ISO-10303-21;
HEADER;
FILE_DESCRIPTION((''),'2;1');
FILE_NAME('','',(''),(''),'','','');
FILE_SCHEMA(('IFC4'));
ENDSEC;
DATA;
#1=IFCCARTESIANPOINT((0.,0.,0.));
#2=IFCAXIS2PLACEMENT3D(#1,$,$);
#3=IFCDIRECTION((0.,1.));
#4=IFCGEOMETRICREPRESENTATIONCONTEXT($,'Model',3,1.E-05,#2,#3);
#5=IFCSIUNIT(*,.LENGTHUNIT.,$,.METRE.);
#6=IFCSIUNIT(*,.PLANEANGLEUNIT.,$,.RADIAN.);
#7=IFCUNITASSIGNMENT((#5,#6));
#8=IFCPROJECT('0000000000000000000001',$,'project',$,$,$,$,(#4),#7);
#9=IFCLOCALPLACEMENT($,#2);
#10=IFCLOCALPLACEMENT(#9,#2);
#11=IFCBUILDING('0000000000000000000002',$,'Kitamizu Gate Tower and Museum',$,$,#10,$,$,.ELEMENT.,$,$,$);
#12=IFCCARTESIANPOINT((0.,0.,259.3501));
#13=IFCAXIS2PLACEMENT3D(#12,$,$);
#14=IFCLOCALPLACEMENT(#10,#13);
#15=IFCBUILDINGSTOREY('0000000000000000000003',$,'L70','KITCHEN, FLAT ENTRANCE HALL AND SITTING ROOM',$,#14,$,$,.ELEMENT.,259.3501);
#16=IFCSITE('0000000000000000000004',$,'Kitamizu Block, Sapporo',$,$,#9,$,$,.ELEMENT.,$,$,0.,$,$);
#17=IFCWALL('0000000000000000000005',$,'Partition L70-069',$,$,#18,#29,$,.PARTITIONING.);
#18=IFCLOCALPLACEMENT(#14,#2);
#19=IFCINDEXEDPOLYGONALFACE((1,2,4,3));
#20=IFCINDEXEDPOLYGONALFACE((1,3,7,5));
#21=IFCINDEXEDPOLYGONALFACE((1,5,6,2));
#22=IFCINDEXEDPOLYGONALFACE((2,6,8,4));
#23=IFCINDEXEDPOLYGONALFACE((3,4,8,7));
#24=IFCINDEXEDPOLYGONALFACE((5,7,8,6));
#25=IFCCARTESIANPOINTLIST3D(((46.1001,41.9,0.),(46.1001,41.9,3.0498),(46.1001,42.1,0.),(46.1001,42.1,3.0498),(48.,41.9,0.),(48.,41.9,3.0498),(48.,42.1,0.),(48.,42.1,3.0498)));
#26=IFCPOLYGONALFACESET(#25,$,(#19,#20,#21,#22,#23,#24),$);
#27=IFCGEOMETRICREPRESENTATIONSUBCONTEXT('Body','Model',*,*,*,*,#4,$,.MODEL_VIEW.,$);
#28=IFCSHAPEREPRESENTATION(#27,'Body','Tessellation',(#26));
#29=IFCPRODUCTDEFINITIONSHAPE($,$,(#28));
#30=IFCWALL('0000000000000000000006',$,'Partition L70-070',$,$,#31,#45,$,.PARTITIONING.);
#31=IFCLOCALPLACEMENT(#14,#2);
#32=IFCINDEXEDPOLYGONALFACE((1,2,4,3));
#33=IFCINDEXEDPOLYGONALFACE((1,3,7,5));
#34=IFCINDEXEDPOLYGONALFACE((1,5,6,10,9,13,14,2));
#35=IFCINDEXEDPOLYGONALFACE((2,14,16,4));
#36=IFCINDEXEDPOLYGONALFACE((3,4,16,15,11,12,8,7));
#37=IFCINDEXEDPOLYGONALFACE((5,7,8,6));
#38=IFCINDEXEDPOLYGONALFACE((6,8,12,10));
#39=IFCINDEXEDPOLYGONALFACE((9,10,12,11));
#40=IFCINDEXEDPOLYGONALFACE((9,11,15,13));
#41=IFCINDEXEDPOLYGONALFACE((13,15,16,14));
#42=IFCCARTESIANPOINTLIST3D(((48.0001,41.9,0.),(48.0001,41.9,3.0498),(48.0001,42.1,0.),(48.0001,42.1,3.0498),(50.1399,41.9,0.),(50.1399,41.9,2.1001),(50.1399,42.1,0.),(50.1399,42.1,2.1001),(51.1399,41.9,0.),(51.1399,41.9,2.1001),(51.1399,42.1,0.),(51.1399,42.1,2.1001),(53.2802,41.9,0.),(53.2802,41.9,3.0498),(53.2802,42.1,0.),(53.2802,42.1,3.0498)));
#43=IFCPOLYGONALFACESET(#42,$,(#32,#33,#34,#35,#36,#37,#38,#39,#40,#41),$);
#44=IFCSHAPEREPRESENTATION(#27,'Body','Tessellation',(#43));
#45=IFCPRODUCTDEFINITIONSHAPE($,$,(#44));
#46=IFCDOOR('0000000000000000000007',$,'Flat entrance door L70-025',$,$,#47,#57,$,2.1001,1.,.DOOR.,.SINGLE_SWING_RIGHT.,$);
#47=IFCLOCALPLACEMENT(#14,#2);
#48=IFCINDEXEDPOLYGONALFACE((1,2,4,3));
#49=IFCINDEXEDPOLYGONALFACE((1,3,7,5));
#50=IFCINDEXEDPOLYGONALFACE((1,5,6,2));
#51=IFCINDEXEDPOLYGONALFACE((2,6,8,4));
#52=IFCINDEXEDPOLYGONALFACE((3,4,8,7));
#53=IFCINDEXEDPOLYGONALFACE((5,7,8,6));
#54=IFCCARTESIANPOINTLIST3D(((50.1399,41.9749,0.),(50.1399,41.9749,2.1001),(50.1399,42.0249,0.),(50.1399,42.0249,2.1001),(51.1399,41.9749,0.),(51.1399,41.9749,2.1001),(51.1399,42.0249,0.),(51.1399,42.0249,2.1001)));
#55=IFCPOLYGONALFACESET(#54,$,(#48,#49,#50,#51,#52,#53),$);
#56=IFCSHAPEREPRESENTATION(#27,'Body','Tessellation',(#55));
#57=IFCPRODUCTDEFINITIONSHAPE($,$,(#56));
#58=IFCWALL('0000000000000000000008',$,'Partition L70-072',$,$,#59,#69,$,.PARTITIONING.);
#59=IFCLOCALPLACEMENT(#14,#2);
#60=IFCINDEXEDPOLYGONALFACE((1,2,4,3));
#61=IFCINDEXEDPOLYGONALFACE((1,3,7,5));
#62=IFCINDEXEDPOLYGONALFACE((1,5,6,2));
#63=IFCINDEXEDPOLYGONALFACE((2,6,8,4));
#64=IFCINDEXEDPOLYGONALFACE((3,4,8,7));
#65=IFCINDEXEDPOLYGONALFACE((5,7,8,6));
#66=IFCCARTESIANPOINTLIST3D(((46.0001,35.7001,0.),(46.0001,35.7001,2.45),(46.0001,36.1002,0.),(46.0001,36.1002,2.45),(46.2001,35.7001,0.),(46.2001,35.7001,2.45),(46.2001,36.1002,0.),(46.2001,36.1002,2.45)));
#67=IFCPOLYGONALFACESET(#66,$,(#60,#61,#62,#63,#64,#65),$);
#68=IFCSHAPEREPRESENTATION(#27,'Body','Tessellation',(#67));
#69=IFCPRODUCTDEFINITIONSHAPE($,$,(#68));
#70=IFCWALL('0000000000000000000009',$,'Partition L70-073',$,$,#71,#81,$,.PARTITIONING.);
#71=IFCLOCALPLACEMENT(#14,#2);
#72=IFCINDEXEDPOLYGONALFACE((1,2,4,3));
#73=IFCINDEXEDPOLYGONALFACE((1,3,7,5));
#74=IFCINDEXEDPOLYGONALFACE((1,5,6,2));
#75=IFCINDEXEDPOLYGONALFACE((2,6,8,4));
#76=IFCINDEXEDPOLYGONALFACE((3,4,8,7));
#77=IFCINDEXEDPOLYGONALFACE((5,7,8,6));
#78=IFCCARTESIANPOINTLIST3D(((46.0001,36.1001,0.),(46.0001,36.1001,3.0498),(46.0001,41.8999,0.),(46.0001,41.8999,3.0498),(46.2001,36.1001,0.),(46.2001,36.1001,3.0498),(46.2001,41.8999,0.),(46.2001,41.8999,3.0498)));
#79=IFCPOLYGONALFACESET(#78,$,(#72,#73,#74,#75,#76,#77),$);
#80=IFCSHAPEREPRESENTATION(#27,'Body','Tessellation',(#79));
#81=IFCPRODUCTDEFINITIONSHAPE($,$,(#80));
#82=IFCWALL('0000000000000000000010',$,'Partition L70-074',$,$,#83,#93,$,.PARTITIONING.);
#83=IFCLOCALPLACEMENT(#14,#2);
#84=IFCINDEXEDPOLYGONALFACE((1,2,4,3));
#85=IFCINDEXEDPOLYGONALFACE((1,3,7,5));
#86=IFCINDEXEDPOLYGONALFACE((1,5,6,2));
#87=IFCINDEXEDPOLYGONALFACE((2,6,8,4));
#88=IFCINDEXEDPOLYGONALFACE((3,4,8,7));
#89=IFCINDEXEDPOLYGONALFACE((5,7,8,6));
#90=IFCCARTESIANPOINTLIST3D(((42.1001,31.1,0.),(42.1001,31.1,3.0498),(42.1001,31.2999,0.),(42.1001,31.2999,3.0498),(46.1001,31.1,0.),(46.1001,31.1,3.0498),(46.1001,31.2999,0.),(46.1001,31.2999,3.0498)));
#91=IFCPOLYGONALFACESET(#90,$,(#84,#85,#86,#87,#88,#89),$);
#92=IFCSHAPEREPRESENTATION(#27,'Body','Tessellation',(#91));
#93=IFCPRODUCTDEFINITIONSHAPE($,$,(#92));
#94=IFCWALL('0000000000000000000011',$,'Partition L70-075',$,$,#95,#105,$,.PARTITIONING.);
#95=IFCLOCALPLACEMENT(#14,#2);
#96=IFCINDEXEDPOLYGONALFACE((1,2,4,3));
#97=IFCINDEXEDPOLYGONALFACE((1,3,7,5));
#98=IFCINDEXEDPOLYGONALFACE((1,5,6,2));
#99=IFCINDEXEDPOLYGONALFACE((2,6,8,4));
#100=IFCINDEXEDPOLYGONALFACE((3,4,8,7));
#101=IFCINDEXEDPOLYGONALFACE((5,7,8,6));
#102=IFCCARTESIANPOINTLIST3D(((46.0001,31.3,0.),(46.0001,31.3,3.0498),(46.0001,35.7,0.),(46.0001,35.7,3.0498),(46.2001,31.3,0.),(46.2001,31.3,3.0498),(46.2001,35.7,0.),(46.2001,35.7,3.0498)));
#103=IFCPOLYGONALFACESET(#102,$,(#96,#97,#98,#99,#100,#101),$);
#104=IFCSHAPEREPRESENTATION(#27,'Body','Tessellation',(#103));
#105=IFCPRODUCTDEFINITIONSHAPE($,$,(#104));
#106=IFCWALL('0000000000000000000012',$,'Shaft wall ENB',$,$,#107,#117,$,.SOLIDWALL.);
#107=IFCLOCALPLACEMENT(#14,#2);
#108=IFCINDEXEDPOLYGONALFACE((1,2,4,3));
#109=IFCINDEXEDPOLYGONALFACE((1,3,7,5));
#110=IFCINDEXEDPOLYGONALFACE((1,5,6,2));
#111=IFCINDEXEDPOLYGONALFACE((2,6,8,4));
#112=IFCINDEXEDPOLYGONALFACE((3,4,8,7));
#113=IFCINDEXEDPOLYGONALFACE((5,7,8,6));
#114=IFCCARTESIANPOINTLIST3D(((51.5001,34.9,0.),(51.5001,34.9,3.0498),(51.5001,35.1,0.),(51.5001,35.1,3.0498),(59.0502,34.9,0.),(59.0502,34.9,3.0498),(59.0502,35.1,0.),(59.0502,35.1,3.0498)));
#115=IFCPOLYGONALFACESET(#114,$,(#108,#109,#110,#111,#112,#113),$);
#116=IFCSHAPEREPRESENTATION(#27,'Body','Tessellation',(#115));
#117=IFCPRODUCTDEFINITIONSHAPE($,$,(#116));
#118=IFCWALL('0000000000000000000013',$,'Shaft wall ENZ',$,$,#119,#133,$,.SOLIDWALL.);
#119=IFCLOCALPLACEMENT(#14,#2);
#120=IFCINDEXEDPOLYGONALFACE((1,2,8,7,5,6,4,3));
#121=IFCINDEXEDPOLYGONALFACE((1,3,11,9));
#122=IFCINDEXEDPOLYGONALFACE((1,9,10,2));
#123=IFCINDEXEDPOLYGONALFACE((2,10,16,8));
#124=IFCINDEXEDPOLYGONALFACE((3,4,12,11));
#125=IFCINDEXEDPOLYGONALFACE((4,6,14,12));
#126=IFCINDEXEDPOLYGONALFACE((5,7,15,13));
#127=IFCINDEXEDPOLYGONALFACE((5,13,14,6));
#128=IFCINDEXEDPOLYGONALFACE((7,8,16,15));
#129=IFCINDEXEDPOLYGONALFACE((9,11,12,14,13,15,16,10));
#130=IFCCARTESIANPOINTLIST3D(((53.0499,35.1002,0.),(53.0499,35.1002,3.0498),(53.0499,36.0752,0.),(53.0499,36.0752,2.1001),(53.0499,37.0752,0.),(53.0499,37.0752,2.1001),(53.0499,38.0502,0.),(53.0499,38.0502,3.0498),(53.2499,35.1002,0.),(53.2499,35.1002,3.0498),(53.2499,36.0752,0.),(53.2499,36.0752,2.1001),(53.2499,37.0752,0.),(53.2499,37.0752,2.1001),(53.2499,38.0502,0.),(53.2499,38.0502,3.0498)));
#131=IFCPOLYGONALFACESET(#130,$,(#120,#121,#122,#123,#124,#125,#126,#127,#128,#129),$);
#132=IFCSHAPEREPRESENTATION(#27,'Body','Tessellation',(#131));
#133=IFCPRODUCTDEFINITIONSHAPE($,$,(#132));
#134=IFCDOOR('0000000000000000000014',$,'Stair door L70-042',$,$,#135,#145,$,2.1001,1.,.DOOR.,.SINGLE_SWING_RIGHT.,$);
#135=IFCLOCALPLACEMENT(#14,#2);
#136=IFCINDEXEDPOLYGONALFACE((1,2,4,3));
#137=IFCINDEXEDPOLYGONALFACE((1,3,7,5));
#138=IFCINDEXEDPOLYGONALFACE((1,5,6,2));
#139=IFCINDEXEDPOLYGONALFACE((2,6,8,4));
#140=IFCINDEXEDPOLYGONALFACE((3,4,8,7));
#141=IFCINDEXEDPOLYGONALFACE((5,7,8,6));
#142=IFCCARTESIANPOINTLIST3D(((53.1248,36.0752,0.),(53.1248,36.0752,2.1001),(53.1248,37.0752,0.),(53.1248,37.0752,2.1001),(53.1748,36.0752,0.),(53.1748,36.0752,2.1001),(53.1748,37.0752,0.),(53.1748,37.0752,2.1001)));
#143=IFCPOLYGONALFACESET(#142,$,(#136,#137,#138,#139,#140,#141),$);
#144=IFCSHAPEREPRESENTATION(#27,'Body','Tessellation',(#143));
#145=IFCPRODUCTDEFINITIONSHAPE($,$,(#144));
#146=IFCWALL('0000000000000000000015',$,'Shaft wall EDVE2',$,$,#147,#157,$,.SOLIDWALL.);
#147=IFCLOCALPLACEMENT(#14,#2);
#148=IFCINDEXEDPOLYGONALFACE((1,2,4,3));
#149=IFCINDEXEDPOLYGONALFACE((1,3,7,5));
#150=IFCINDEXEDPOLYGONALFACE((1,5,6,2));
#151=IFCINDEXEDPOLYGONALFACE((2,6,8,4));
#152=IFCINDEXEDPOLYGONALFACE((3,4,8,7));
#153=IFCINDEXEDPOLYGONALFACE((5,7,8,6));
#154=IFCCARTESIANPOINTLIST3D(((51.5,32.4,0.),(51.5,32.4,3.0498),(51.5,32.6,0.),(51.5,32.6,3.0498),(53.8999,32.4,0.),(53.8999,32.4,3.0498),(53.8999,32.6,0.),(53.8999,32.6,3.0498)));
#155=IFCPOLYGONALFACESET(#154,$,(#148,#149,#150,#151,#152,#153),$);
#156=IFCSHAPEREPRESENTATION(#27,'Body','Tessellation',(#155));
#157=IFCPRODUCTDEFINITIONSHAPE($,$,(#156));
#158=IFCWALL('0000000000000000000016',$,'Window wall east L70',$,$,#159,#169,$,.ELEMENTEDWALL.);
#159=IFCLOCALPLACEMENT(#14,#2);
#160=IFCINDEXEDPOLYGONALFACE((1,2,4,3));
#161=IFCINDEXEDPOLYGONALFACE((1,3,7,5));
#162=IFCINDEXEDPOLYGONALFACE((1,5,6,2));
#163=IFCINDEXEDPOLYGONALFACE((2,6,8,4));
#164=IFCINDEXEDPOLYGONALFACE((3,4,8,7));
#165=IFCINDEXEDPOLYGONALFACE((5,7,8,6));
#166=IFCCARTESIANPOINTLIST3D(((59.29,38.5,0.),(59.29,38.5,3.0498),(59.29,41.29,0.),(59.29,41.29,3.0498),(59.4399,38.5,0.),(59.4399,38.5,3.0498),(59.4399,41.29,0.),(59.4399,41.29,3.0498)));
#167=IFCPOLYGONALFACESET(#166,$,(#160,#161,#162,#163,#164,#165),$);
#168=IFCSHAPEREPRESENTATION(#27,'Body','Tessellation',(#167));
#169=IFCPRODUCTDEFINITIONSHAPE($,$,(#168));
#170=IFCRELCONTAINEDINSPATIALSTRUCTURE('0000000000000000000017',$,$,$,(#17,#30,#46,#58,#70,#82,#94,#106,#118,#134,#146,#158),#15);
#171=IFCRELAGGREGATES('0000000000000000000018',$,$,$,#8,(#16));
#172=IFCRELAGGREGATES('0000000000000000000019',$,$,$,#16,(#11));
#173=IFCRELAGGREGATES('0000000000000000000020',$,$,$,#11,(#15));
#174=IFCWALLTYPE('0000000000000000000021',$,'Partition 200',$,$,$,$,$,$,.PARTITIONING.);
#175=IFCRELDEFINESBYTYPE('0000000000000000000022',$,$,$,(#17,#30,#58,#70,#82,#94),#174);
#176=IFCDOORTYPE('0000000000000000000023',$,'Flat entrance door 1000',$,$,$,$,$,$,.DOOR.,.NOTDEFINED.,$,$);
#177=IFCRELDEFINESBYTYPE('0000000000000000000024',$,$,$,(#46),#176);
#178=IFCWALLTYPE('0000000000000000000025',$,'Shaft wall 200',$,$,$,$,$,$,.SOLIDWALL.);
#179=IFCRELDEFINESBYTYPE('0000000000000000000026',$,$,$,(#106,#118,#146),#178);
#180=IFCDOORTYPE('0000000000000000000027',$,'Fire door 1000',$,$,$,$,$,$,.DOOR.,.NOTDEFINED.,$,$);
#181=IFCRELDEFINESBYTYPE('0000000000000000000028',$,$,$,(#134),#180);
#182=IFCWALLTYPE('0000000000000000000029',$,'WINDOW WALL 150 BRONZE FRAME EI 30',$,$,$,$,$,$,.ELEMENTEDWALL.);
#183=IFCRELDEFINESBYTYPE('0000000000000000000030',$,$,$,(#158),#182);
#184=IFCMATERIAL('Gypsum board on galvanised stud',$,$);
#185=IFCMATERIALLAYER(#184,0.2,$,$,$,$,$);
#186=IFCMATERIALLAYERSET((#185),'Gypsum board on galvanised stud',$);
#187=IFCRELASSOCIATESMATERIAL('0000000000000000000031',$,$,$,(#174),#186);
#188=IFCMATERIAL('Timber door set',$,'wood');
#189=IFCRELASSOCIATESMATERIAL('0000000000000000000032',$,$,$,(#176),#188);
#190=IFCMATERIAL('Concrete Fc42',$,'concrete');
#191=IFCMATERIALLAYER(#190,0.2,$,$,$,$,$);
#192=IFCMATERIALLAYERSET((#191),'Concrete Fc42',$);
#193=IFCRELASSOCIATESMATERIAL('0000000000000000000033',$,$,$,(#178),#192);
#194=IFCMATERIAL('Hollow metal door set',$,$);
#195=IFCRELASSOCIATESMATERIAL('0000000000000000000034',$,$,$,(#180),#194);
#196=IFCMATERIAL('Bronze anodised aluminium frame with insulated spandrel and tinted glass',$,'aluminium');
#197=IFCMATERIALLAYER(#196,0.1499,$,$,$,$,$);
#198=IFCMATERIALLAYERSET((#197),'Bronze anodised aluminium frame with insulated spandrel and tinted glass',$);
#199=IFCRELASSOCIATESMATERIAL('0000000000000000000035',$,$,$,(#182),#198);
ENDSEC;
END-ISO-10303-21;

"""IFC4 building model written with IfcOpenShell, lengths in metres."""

from ifc_helpers import new_model, si_unit, direction, frame, frame_2d, origin, place, context, subcontext, project, spatial, rectangle, extrude, material, layer, layer_set, type_object, element, fill, save


model = new_model("IFC4")

# Units and contexts
model_context = context("Model", 3, precision=1e-05, world=origin(), true_north=direction((0.0, 1.0)))
body_context = subcontext(model_context, "Body", "Model", "MODEL_VIEW")
ifc_project = project(units=[si_unit("LENGTHUNIT", "METRE"), si_unit("PLANEANGLEUNIT", "RADIAN")], contexts=[model_context])

# Site, building, storey
site_placement = place(None, origin())
site = spatial("IfcSite", under=ifc_project, at=site_placement, Name="Kitamizu Block, Sapporo", CompositionType="ELEMENT", RefElevation=0.0)
building_placement = place(site_placement, origin())
building = spatial("IfcBuilding", under=site, at=building_placement, Name="Kitamizu Gate Tower and Museum", CompositionType="ELEMENT")
storey_placement = place(building_placement, frame((0.0, 0.0, 259.3501)))
storey = spatial("IfcBuildingStorey", under=building, at=storey_placement, Name="L70", Description="KITCHEN, FLAT ENTRANCE HALL AND SITTING ROOM", CompositionType="ELEMENT", Elevation=259.3501)

# Wall
ifc_material_1 = material(Name="Gypsum board on galvanised stud")
ifc_layer_1 = layer(ifc_material_1, 0.2)
ifc_layer_set_1 = layer_set([ifc_layer_1], Name="Gypsum board on galvanised stud")
wall_type_1 = type_object("IfcWallType", Name="Partition 200", PredefinedType="PARTITIONING", material=ifc_layer_set_1)
wall_1_placement = place(storey_placement, frame((46.1001, 42.0, 0.0), z_axis=(0.0, 0.0, 1.0), x_axis=(1.0, 0.0, 0.0)))
element("IfcWall", 1, at=wall_1_placement, inside=storey, type_object=wall_type_1, Name="Partition L70-069", PredefinedType="PARTITIONING", context=body_context, shape_type="SweptSolid", body=[
    extrude(rectangle(XDim=1.8999, YDim=0.2, at=frame_2d((0.95, 0.0))), origin(), (0.0, 0.0, 1.0), 3.0498),
])

# Wall, opening, door
wall_2_placement = place(storey_placement, frame((48.0, 42.0, 0.0), z_axis=(0.0, 0.0, 1.0), x_axis=(1.0, 0.0, 0.0)))
wall_2 = element("IfcWall", 2, at=wall_2_placement, inside=storey, type_object=wall_type_1, Name="Partition L70-070", PredefinedType="PARTITIONING", context=body_context, shape_type="SweptSolid", body=[
    extrude(rectangle(XDim=5.28, YDim=0.2, at=frame_2d((2.6401, 0.0))), origin(), (0.0, 0.0, 1.0), 3.0498),
])
opening_1_placement = place(wall_2_placement, frame((2.1399, 0.0, 0.0)))
opening_1 = element("IfcOpeningElement", 3, at=opening_1_placement, cuts=wall_2, PredefinedType="OPENING", context=body_context, shape_type="SweptSolid", body=[
    extrude(rectangle(XDim=1.0, YDim=2.1001, at=frame_2d((0.5, 1.05))), frame((0.0, 0.1099, 0.0), z_axis=(0.0, -1.0, 0.0), x_axis=(1.0, 0.0, 0.0)), (0.0, 0.0, 1.0), 0.22),
])
ifc_material_2 = material(Name="Timber door set", Category="wood")
door_type_1 = type_object("IfcDoorType", Name="Flat entrance door 1000", OperationType="NOTDEFINED", PredefinedType="DOOR", material=ifc_material_2)
door_1_placement = place(opening_1_placement, origin())
door_1 = element("IfcDoor", 4, at=door_1_placement, inside=storey, type_object=door_type_1, Name="Flat entrance door L70-025", OperationType="SINGLE_SWING_RIGHT", OverallHeight=2.1001, OverallWidth=1.0, PredefinedType="DOOR", context=body_context, shape_type="SweptSolid", body=[
    extrude(rectangle(XDim=1.0, YDim=2.1001, at=frame_2d((0.5, 1.05))), frame((0.0, 0.0249, 0.0), z_axis=(0.0, -1.0, 0.0), x_axis=(1.0, 0.0, 0.0)), (0.0, 0.0, 1.0), 0.05),
])
fill(opening_1, door_1)

# Walls
wall_3_placement = place(storey_placement, frame((46.1001, 35.7, 0.0), z_axis=(0.0, 0.0, 1.0), x_axis=(0.0, 1.0, 0.0)))
element("IfcWall", 5, at=wall_3_placement, inside=storey, type_object=wall_type_1, Name="Partition L70-072", PredefinedType="PARTITIONING", context=body_context, shape_type="SweptSolid", body=[
    extrude(rectangle(XDim=0.4001, YDim=0.2, at=frame_2d((0.2002, 0.0))), origin(), (0.0, 0.0, 1.0), 2.45),
])
wall_4_placement = place(storey_placement, frame((46.1001, 36.1001, 0.0), z_axis=(0.0, 0.0, 1.0), x_axis=(0.0, 1.0, 0.0)))
element("IfcWall", 6, at=wall_4_placement, inside=storey, type_object=wall_type_1, Name="Partition L70-073", PredefinedType="PARTITIONING", context=body_context, shape_type="SweptSolid", body=[
    extrude(rectangle(XDim=5.7998, YDim=0.2, at=frame_2d((2.8999, 0.0))), origin(), (0.0, 0.0, 1.0), 3.0498),
])
wall_5_placement = place(storey_placement, frame((42.1001, 31.2, 0.0), z_axis=(0.0, 0.0, 1.0), x_axis=(1.0, 0.0, 0.0)))
element("IfcWall", 7, at=wall_5_placement, inside=storey, type_object=wall_type_1, Name="Partition L70-074", PredefinedType="PARTITIONING", context=body_context, shape_type="SweptSolid", body=[
    extrude(rectangle(XDim=4.0, YDim=0.2, at=frame_2d((2.0, 0.0))), origin(), (0.0, 0.0, 1.0), 3.0498),
])
wall_6_placement = place(storey_placement, frame((46.1001, 31.3, 0.0), z_axis=(0.0, 0.0, 1.0), x_axis=(0.0, 1.0, 0.0)))
element("IfcWall", 8, at=wall_6_placement, inside=storey, type_object=wall_type_1, Name="Partition L70-075", PredefinedType="PARTITIONING", context=body_context, shape_type="SweptSolid", body=[
    extrude(rectangle(XDim=4.3999, YDim=0.2, at=frame_2d((2.2, 0.0))), origin(), (0.0, 0.0, 1.0), 3.0498),
])
ifc_material_3 = material(Name="Concrete Fc42", Category="concrete")
ifc_layer_2 = layer(ifc_material_3, 0.2)
ifc_layer_set_2 = layer_set([ifc_layer_2], Name="Concrete Fc42")
wall_type_2 = type_object("IfcWallType", Name="Shaft wall 200", PredefinedType="SOLIDWALL", material=ifc_layer_set_2)
wall_7_placement = place(storey_placement, frame((59.05, 35.0, 0.0), z_axis=(0.0, 0.0, 1.0), x_axis=(-1.0, 0.0, 0.0)))
element("IfcWall", 9, at=wall_7_placement, inside=storey, type_object=wall_type_2, Name="Shaft wall ENB", PredefinedType="SOLIDWALL", context=body_context, shape_type="SweptSolid", body=[
    extrude(rectangle(XDim=7.55, YDim=0.2, at=frame_2d((3.7749, 0.0))), origin(), (0.0, 0.0, 1.0), 3.0498),
])

# Wall, opening, door
wall_8_placement = place(storey_placement, frame((53.1499, 35.1001, 0.0), z_axis=(0.0, 0.0, 1.0), x_axis=(0.0, 1.0, 0.0)))
wall_8 = element("IfcWall", 10, at=wall_8_placement, inside=storey, type_object=wall_type_2, Name="Shaft wall ENZ", PredefinedType="SOLIDWALL", context=body_context, shape_type="SweptSolid", body=[
    extrude(rectangle(XDim=2.95, YDim=0.2, at=frame_2d((1.4751, 0.0))), origin(), (0.0, 0.0, 1.0), 3.0498),
])
opening_2_placement = place(wall_8_placement, frame((0.9751, 0.0, 0.0)))
opening_2 = element("IfcOpeningElement", 11, at=opening_2_placement, cuts=wall_8, PredefinedType="OPENING", context=body_context, shape_type="SweptSolid", body=[
    extrude(rectangle(XDim=1.0, YDim=2.1001, at=frame_2d((0.5, 1.05))), frame((0.0, 0.1099, 0.0), z_axis=(0.0, -1.0, 0.0), x_axis=(1.0, 0.0, 0.0)), (0.0, 0.0, 1.0), 0.22),
])
ifc_material_4 = material(Name="Hollow metal door set")
door_type_2 = type_object("IfcDoorType", Name="Fire door 1000", OperationType="NOTDEFINED", PredefinedType="DOOR", material=ifc_material_4)
door_2_placement = place(opening_2_placement, frame((1.0, 0.0, 0.0), x_axis=(-1.0, 0.0, 0.0)))
door_2 = element("IfcDoor", 12, at=door_2_placement, inside=storey, type_object=door_type_2, Name="Stair door L70-042", OperationType="SINGLE_SWING_RIGHT", OverallHeight=2.1001, OverallWidth=1.0, PredefinedType="DOOR", context=body_context, shape_type="SweptSolid", body=[
    extrude(rectangle(XDim=1.0, YDim=2.1001, at=frame_2d((0.5, 1.05))), frame((0.0, 0.0249, 0.0), z_axis=(0.0, -1.0, 0.0), x_axis=(1.0, 0.0, 0.0)), (0.0, 0.0, 1.0), 0.05),
])
fill(opening_2, door_2)

# Walls
wall_9_placement = place(storey_placement, frame((53.8999, 32.5, 0.0), z_axis=(0.0, 0.0, 1.0), x_axis=(-1.0, 0.0, 0.0)))
element("IfcWall", 13, at=wall_9_placement, inside=storey, type_object=wall_type_2, Name="Shaft wall EDVE2", PredefinedType="SOLIDWALL", context=body_context, shape_type="SweptSolid", body=[
    extrude(rectangle(XDim=2.3999, YDim=0.2, at=frame_2d((1.2, 0.0))), origin(), (0.0, 0.0, 1.0), 3.0498),
])
ifc_material_5 = material(Name="Bronze anodised aluminium frame with insulated spandrel and tinted glass", Category="aluminium")
ifc_layer_3 = layer(ifc_material_5, 0.1499)
ifc_layer_set_3 = layer_set([ifc_layer_3], Name="Bronze anodised aluminium frame with insulated spandrel and tinted glass")
wall_type_3 = type_object("IfcWallType", Name="WINDOW WALL 150 BRONZE FRAME EI 30", PredefinedType="ELEMENTEDWALL", material=ifc_layer_set_3)
wall_10_placement = place(storey_placement, frame((59.365, 38.5, 0.0), z_axis=(0.0, 0.0, 1.0), x_axis=(0.0, 1.0, 0.0)))
element("IfcWall", 14, at=wall_10_placement, inside=storey, type_object=wall_type_3, Name="Window wall east L70", PredefinedType="ELEMENTEDWALL", context=body_context, shape_type="SweptSolid", body=[
    extrude(rectangle(XDim=2.79, YDim=0.1499, at=frame_2d((1.395, 0.0))), origin(), (0.0, 0.0, 1.0), 3.0498),
])

save(model, "model.ifc")
